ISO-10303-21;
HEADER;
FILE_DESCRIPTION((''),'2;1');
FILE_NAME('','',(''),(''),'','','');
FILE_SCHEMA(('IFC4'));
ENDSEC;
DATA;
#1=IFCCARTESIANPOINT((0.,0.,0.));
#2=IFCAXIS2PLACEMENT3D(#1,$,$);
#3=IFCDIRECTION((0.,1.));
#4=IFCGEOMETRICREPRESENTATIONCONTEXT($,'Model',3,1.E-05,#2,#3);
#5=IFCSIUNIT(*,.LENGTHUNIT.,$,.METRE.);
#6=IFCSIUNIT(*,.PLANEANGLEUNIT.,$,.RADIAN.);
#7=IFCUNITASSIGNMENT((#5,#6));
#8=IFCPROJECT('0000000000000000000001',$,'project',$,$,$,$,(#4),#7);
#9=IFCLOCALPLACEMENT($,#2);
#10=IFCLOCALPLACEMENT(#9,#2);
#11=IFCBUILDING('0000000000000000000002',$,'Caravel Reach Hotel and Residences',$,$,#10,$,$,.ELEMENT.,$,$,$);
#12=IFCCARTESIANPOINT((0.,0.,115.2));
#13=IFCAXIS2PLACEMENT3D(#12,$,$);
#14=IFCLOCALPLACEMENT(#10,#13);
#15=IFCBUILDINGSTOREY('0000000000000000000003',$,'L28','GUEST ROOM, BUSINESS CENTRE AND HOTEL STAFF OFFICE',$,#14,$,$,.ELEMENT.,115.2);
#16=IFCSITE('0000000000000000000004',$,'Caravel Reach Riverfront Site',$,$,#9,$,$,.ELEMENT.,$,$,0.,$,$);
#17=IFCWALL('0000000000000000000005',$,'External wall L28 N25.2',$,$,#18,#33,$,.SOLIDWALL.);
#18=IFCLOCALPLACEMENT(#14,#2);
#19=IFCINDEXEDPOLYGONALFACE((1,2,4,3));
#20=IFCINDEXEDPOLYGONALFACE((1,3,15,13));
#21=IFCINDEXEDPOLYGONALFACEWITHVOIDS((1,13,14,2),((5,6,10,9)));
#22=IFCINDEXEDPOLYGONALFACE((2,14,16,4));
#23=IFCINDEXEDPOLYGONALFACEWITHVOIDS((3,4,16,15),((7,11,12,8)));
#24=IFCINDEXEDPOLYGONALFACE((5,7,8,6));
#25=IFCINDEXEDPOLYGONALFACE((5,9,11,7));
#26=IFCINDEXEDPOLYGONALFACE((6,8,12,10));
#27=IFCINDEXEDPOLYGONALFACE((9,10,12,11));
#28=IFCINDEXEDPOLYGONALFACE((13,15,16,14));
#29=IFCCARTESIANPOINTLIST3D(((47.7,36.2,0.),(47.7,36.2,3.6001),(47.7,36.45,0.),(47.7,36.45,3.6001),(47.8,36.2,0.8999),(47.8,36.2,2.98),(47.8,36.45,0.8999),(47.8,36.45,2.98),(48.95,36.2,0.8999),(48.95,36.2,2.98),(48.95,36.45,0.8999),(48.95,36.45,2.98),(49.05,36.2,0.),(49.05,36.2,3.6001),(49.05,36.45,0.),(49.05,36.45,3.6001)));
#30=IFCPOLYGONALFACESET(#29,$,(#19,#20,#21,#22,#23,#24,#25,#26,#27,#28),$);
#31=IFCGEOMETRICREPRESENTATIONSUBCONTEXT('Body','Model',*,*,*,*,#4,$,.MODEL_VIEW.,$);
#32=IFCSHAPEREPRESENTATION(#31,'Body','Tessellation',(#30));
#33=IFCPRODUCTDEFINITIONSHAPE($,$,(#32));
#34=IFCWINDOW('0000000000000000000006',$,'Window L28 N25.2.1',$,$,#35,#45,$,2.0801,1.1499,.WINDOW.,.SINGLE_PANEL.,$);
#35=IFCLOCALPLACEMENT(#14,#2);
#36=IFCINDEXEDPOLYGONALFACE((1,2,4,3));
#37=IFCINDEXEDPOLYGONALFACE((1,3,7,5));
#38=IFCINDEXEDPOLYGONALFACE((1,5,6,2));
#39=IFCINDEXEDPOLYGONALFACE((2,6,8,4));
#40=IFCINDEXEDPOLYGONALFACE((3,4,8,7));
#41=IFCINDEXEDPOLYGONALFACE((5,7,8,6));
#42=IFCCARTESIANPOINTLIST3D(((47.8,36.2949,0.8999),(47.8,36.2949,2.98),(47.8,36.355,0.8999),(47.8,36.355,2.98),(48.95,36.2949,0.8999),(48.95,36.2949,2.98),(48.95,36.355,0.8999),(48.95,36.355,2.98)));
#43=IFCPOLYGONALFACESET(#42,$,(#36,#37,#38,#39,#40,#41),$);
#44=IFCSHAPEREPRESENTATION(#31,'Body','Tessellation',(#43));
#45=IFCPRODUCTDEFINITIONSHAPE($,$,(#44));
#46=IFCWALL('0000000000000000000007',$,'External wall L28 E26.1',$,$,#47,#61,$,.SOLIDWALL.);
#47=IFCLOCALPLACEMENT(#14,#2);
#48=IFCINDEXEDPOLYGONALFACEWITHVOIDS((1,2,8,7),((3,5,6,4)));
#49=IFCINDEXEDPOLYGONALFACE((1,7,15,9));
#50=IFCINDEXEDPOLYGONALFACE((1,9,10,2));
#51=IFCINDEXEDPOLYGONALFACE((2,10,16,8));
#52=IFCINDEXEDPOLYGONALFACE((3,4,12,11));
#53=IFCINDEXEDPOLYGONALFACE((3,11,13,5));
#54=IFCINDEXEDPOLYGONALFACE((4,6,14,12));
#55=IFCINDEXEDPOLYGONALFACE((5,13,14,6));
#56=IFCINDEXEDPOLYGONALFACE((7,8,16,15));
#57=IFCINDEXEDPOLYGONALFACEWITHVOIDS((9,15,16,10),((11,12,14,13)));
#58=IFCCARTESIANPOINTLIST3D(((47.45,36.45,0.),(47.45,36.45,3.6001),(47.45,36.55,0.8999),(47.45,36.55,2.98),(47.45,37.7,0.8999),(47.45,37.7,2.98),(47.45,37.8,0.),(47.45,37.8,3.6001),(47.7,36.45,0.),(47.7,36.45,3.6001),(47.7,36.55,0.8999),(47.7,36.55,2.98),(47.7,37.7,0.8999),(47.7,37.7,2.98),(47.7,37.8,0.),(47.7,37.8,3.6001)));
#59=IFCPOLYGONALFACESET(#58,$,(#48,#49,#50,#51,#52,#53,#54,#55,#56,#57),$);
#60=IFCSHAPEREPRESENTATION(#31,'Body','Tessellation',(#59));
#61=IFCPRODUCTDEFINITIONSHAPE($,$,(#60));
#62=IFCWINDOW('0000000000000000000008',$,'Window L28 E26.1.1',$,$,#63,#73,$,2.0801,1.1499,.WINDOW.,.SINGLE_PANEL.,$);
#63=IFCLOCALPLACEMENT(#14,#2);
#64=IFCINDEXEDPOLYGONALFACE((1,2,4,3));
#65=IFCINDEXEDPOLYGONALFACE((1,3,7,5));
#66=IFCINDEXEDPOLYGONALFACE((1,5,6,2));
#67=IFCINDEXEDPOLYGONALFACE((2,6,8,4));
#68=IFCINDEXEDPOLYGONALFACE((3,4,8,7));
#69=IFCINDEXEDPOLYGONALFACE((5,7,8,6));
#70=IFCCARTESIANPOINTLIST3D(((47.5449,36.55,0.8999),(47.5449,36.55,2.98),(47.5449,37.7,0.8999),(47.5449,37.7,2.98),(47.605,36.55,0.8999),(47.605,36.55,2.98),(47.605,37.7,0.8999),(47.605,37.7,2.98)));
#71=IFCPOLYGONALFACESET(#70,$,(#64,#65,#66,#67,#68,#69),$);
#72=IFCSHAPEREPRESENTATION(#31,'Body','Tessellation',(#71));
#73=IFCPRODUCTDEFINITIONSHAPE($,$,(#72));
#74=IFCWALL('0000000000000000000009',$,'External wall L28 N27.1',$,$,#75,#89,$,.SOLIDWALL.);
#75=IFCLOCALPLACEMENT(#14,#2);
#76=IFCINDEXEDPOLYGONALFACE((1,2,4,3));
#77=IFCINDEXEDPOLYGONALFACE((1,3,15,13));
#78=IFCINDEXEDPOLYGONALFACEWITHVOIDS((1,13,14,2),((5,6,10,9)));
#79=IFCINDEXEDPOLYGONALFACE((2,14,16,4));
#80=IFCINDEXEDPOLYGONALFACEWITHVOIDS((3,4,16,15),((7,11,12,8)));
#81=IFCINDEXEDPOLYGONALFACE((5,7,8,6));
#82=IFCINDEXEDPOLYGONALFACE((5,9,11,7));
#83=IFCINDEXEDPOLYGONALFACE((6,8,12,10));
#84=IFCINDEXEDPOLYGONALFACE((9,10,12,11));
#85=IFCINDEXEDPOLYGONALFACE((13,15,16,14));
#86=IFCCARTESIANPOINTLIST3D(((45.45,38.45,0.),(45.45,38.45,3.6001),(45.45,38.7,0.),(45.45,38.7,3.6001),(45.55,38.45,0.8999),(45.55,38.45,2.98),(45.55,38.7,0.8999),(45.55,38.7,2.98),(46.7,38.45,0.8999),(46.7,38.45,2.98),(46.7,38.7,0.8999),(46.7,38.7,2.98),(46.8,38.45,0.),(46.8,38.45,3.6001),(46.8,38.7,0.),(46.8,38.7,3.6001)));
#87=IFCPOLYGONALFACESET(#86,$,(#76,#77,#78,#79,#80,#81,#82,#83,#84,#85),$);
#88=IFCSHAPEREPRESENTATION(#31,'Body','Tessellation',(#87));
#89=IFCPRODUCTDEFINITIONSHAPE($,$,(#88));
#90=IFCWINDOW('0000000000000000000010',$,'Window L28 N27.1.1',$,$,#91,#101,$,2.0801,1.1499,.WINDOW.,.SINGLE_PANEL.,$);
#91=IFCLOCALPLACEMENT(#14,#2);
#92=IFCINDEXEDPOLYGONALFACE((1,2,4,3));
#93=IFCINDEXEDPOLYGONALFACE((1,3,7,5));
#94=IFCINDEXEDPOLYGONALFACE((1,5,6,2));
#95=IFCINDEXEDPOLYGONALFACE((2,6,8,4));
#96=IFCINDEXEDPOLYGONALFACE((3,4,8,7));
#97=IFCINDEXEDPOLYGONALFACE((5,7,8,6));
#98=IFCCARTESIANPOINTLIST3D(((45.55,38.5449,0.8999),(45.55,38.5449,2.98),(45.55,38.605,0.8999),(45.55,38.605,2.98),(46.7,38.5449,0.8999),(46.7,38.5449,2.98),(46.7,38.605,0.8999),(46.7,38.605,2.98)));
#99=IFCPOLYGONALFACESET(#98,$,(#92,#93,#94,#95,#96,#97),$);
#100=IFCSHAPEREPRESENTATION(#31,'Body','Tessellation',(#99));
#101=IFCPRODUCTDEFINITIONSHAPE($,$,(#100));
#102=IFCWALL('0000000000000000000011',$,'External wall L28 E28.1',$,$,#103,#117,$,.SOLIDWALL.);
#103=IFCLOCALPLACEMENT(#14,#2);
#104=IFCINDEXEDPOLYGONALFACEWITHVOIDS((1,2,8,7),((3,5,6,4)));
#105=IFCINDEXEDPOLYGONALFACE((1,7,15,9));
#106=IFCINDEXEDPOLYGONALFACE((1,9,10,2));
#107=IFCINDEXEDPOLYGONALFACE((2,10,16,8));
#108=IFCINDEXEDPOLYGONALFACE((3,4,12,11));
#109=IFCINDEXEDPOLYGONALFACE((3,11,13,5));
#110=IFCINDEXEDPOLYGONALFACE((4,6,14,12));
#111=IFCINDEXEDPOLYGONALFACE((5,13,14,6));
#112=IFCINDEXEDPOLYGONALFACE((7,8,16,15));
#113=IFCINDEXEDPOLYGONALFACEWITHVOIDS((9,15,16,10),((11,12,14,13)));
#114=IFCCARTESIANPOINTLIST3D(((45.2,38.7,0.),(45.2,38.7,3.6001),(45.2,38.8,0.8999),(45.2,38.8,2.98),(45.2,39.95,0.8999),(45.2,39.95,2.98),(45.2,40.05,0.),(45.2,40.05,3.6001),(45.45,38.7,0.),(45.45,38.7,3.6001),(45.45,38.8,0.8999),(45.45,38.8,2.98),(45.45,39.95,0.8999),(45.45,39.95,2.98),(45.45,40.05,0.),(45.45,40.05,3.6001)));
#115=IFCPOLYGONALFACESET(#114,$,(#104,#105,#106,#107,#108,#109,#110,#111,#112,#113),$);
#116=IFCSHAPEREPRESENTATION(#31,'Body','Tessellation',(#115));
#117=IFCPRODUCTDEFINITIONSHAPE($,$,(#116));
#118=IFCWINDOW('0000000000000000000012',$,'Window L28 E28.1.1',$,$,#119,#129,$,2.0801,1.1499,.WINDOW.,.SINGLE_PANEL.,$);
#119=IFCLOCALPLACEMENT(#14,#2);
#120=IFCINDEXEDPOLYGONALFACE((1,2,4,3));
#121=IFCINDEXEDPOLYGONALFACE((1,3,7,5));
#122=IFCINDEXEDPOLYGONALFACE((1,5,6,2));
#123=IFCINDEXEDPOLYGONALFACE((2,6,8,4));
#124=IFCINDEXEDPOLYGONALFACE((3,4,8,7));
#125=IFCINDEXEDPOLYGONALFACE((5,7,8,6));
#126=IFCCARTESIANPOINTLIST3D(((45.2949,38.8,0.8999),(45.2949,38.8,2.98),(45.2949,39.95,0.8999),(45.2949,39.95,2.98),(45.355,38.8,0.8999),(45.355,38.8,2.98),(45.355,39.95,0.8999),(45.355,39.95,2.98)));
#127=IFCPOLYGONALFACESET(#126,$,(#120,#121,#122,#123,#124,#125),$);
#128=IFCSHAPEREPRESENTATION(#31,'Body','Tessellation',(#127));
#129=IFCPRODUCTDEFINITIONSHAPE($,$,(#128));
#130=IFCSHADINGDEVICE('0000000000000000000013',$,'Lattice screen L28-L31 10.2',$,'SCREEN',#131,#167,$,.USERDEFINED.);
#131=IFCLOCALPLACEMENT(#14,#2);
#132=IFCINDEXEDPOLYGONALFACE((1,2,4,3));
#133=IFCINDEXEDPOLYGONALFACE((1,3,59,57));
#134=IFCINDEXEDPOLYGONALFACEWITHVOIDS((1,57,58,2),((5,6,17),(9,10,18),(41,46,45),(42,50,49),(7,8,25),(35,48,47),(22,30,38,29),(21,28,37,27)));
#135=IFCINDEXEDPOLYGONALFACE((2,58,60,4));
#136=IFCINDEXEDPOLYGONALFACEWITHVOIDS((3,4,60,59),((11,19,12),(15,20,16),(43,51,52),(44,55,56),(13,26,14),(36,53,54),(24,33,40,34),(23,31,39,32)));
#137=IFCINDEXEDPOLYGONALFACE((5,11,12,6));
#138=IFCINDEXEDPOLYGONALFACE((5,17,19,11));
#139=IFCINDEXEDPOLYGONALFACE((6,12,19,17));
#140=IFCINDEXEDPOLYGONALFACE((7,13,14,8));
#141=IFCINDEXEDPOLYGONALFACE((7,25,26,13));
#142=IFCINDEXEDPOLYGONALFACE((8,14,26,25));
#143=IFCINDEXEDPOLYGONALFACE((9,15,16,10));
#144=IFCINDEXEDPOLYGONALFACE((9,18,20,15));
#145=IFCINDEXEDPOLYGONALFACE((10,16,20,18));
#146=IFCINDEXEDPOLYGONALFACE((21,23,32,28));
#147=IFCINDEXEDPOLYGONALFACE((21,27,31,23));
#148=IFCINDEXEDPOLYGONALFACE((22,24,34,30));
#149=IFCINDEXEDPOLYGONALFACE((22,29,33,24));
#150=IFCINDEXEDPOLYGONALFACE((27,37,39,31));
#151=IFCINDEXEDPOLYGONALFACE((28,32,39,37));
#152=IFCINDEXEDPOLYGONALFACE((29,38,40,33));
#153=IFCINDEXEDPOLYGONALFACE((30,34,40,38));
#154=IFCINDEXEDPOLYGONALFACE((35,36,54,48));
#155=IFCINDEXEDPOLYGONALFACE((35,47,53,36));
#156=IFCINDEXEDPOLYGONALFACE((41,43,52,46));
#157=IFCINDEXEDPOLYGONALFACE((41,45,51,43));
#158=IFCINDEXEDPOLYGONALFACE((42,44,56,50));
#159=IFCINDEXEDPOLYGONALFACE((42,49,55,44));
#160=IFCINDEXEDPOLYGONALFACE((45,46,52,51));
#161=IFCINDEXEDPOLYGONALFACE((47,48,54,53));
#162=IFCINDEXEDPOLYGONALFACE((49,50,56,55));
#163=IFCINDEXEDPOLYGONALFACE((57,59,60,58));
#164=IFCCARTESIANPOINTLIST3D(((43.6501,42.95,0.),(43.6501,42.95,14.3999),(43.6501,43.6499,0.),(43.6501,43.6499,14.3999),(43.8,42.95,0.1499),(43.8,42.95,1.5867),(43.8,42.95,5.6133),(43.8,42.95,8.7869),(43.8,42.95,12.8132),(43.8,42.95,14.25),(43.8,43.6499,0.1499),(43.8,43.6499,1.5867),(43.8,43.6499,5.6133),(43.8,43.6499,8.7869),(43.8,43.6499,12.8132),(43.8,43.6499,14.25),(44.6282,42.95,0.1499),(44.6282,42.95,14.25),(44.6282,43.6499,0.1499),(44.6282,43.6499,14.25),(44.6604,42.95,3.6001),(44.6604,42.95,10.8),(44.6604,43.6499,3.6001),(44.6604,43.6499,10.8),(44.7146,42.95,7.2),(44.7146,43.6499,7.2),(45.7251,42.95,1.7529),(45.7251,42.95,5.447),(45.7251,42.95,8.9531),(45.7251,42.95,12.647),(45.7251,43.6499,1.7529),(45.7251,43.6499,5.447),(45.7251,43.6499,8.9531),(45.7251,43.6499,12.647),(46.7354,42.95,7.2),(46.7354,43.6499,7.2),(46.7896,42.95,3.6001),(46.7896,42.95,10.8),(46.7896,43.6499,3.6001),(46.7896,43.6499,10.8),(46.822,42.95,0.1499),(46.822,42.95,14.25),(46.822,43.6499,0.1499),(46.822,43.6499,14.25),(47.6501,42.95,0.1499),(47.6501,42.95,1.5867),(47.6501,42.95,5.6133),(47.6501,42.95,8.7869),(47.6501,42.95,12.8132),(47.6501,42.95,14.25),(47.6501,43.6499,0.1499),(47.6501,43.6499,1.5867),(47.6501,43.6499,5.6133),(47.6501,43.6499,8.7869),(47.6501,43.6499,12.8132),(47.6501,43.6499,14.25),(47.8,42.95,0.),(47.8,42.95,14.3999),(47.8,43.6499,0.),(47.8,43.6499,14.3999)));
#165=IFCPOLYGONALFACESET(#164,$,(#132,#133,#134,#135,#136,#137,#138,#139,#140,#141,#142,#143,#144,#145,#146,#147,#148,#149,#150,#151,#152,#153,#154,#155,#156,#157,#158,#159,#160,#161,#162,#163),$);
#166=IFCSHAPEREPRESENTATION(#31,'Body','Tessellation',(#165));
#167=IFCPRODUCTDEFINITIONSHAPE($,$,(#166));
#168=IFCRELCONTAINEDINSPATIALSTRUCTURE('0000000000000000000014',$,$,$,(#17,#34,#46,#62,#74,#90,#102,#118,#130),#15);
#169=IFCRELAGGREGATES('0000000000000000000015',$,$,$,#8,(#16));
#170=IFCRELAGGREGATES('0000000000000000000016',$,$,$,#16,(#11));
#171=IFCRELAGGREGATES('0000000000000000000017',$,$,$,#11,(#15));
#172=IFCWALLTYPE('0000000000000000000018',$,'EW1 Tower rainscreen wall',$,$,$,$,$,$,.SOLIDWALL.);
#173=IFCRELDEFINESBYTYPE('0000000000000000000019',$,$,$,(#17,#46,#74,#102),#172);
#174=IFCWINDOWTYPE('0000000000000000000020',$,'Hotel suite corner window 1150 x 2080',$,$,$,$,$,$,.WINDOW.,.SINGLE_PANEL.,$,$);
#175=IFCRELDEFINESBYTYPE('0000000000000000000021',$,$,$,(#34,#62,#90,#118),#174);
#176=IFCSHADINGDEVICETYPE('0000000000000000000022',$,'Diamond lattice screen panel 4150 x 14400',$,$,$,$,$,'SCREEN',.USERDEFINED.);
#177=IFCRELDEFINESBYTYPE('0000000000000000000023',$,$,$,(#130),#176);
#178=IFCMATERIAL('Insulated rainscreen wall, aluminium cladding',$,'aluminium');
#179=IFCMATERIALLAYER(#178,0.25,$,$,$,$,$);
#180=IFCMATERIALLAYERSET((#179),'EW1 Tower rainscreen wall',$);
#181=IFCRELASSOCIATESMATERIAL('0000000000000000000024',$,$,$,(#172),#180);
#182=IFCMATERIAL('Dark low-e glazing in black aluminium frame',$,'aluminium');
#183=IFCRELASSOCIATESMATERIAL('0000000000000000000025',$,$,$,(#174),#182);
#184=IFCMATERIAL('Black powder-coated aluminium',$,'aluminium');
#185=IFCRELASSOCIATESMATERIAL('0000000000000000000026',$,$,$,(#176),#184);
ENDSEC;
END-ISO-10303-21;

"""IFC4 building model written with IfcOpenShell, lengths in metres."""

from ifc_helpers import new_model, si_unit, direction, frame, frame_2d, origin, place, context, subcontext, project, spatial, polyline, rectangle, outline, extrude, material, layer, layer_set, type_object, element, fill, save


model = new_model("IFC4")

# Units and contexts
model_context = context("Model", 3, precision=1e-05, world=origin(), true_north=direction((0.0, 1.0)))
body_context = subcontext(model_context, "Body", "Model", "MODEL_VIEW")
ifc_project = project(units=[si_unit("LENGTHUNIT", "METRE"), si_unit("PLANEANGLEUNIT", "RADIAN")], contexts=[model_context])

# Site, building, storey
site_placement = place(None, origin())
site = spatial("IfcSite", under=ifc_project, at=site_placement, Name="Caravel Reach Riverfront Site", CompositionType="ELEMENT", RefElevation=0.0)
building_placement = place(site_placement, origin())
building = spatial("IfcBuilding", under=site, at=building_placement, Name="Caravel Reach Hotel and Residences", CompositionType="ELEMENT")
storey_placement = place(building_placement, frame((0.0, 0.0, 115.2)))
storey = spatial("IfcBuildingStorey", under=building, at=storey_placement, Name="L28", Description="GUEST ROOM, BUSINESS CENTRE AND HOTEL STAFF OFFICE", CompositionType="ELEMENT", Elevation=115.2)

# Walls, openings, windows
ifc_material_1 = material(Name="Insulated rainscreen wall, aluminium cladding", Category="aluminium")
ifc_layer = layer(ifc_material_1, 0.25)
ifc_layer_set = layer_set([ifc_layer], Name="EW1 Tower rainscreen wall")
wall_type = type_object("IfcWallType", Name="EW1 Tower rainscreen wall", PredefinedType="SOLIDWALL", material=ifc_layer_set)
wall_1_placement = place(storey_placement, frame((49.05, 36.325, 0.0), z_axis=(0.0, 0.0, 1.0), x_axis=(-1.0, 0.0, 0.0)))
wall_1 = element("IfcWall", 1, at=wall_1_placement, inside=storey, type_object=wall_type, Name="External wall L28 N25.2", PredefinedType="SOLIDWALL", context=body_context, shape_type="SweptSolid", body=[
    extrude(rectangle(XDim=1.3501, YDim=0.25, at=frame_2d((0.675, 0.0))), origin(), (0.0, 0.0, 1.0), 3.6001),
])
opening_1_placement = place(wall_1_placement, frame((0.1001, 0.0, 0.8999)))
opening_1 = element("IfcOpeningElement", 2, at=opening_1_placement, cuts=wall_1, PredefinedType="OPENING", context=body_context, shape_type="SweptSolid", body=[
    extrude(rectangle(XDim=1.1499, YDim=2.0801, at=frame_2d((0.575, 1.04))), frame((0.0, 0.135, 0.0), z_axis=(0.0, -1.0, 0.0), x_axis=(1.0, 0.0, 0.0)), (0.0, 0.0, 1.0), 0.27),
])
ifc_material_2 = material(Name="Dark low-e glazing in black aluminium frame", Category="aluminium")
window_type = type_object("IfcWindowType", Name="Hotel suite corner window 1150 x 2080", PartitioningType="SINGLE_PANEL", PredefinedType="WINDOW", material=ifc_material_2)
window_1_placement = place(opening_1_placement, origin())
window_1 = element("IfcWindow", 3, at=window_1_placement, inside=storey, type_object=window_type, Name="Window L28 N25.2.1", OverallHeight=2.0801, OverallWidth=1.1499, PartitioningType="SINGLE_PANEL", PredefinedType="WINDOW", context=body_context, shape_type="SweptSolid", body=[
    extrude(rectangle(XDim=1.1499, YDim=2.0801, at=frame_2d((0.575, 1.04))), frame((0.0, 0.03, 0.0), z_axis=(0.0, -1.0, 0.0), x_axis=(1.0, 0.0, 0.0)), (0.0, 0.0, 1.0), 0.0601),
])
fill(opening_1, window_1)
wall_2_placement = place(storey_placement, frame((47.575, 36.45, 0.0), z_axis=(0.0, 0.0, 1.0), x_axis=(0.0, 1.0, 0.0)))
wall_2 = element("IfcWall", 4, at=wall_2_placement, inside=storey, type_object=wall_type, Name="External wall L28 E26.1", PredefinedType="SOLIDWALL", context=body_context, shape_type="SweptSolid", body=[
    extrude(rectangle(XDim=1.3501, YDim=0.25, at=frame_2d((0.675, 0.0))), origin(), (0.0, 0.0, 1.0), 3.6001),
])
opening_2_placement = place(wall_2_placement, frame((0.1001, 0.0, 0.8999)))
opening_2 = element("IfcOpeningElement", 5, at=opening_2_placement, cuts=wall_2, PredefinedType="OPENING", context=body_context, shape_type="SweptSolid", body=[
    extrude(rectangle(XDim=1.1499, YDim=2.0801, at=frame_2d((0.575, 1.04))), frame((0.0, 0.135, 0.0), z_axis=(0.0, -1.0, 0.0), x_axis=(1.0, 0.0, 0.0)), (0.0, 0.0, 1.0), 0.27),
])
window_2_placement = place(opening_2_placement, origin())
window_2 = element("IfcWindow", 6, at=window_2_placement, inside=storey, type_object=window_type, Name="Window L28 E26.1.1", OverallHeight=2.0801, OverallWidth=1.1499, PartitioningType="SINGLE_PANEL", PredefinedType="WINDOW", context=body_context, shape_type="SweptSolid", body=[
    extrude(rectangle(XDim=1.1499, YDim=2.0801, at=frame_2d((0.575, 1.04))), frame((0.0, 0.03, 0.0), z_axis=(0.0, -1.0, 0.0), x_axis=(1.0, 0.0, 0.0)), (0.0, 0.0, 1.0), 0.0601),
])
fill(opening_2, window_2)
wall_3_placement = place(storey_placement, frame((46.8, 38.575, 0.0), z_axis=(0.0, 0.0, 1.0), x_axis=(-1.0, 0.0, 0.0)))
wall_3 = element("IfcWall", 7, at=wall_3_placement, inside=storey, type_object=wall_type, Name="External wall L28 N27.1", PredefinedType="SOLIDWALL", context=body_context, shape_type="SweptSolid", body=[
    extrude(rectangle(XDim=1.3501, YDim=0.25, at=frame_2d((0.675, 0.0))), origin(), (0.0, 0.0, 1.0), 3.6001),
])
opening_3_placement = place(wall_3_placement, frame((0.1001, 0.0, 0.8999)))
opening_3 = element("IfcOpeningElement", 8, at=opening_3_placement, cuts=wall_3, PredefinedType="OPENING", context=body_context, shape_type="SweptSolid", body=[
    extrude(rectangle(XDim=1.1499, YDim=2.0801, at=frame_2d((0.575, 1.04))), frame((0.0, 0.135, 0.0), z_axis=(0.0, -1.0, 0.0), x_axis=(1.0, 0.0, 0.0)), (0.0, 0.0, 1.0), 0.27),
])
window_3_placement = place(opening_3_placement, origin())
window_3 = element("IfcWindow", 9, at=window_3_placement, inside=storey, type_object=window_type, Name="Window L28 N27.1.1", OverallHeight=2.0801, OverallWidth=1.1499, PartitioningType="SINGLE_PANEL", PredefinedType="WINDOW", context=body_context, shape_type="SweptSolid", body=[
    extrude(rectangle(XDim=1.1499, YDim=2.0801, at=frame_2d((0.575, 1.04))), frame((0.0, 0.03, 0.0), z_axis=(0.0, -1.0, 0.0), x_axis=(1.0, 0.0, 0.0)), (0.0, 0.0, 1.0), 0.0601),
])
fill(opening_3, window_3)
wall_4_placement = place(storey_placement, frame((45.325, 38.7, 0.0), z_axis=(0.0, 0.0, 1.0), x_axis=(0.0, 1.0, 0.0)))
wall_4 = element("IfcWall", 10, at=wall_4_placement, inside=storey, type_object=wall_type, Name="External wall L28 E28.1", PredefinedType="SOLIDWALL", context=body_context, shape_type="SweptSolid", body=[
    extrude(rectangle(XDim=1.3501, YDim=0.25, at=frame_2d((0.675, 0.0))), origin(), (0.0, 0.0, 1.0), 3.6001),
])
opening_4_placement = place(wall_4_placement, frame((0.1001, 0.0, 0.8999)))
opening_4 = element("IfcOpeningElement", 11, at=opening_4_placement, cuts=wall_4, PredefinedType="OPENING", context=body_context, shape_type="SweptSolid", body=[
    extrude(rectangle(XDim=1.1499, YDim=2.0801, at=frame_2d((0.575, 1.04))), frame((0.0, 0.135, 0.0), z_axis=(0.0, -1.0, 0.0), x_axis=(1.0, 0.0, 0.0)), (0.0, 0.0, 1.0), 0.27),
])
window_4_placement = place(opening_4_placement, origin())
window_4 = element("IfcWindow", 12, at=window_4_placement, inside=storey, type_object=window_type, Name="Window L28 E28.1.1", OverallHeight=2.0801, OverallWidth=1.1499, PartitioningType="SINGLE_PANEL", PredefinedType="WINDOW", context=body_context, shape_type="SweptSolid", body=[
    extrude(rectangle(XDim=1.1499, YDim=2.0801, at=frame_2d((0.575, 1.04))), frame((0.0, 0.03, 0.0), z_axis=(0.0, -1.0, 0.0), x_axis=(1.0, 0.0, 0.0)), (0.0, 0.0, 1.0), 0.0601),
])
fill(opening_4, window_4)

# Shading device
ifc_material_3 = material(Name="Black powder-coated aluminium", Category="aluminium")
shading_device_type = type_object("IfcShadingDeviceType", Name="Diamond lattice screen panel 4150 x 14400", ElementType="SCREEN", PredefinedType="USERDEFINED", material=ifc_material_3)
shading_device_placement = place(storey_placement, frame((47.8, 42.95, 0.0), z_axis=(0.0, 1.0, 0.0), x_axis=(-1.0, 0.0, 0.0)))
element("IfcShadingDevice", 13, at=shading_device_placement, inside=storey, type_object=shading_device_type, Name="Lattice screen L28-L31 10.2", ObjectType="SCREEN", PredefinedType="USERDEFINED", context=body_context, shape_type="SweptSolid", body=[
    extrude(outline(polyline([(0.0, 0.0), (4.1499, 0.0), (4.1499, 14.3999), (0.0, 14.3999), (0.0, 0.0)]), holes=[polyline([(0.978, 0.1499), (0.1499, 1.5867), (0.1499, 0.1499), (0.978, 0.1499)]), polyline([(1.0647, 7.2), (0.1499, 8.7869), (0.1499, 5.6133), (1.0647, 7.2)]), polyline([(0.1499, 12.8132), (0.978, 14.25), (0.1499, 14.25), (0.1499, 12.8132)]), polyline([(2.075, 5.447), (1.0105, 3.6001), (2.075, 1.7529), (3.1396, 3.6001), (2.075, 5.447)]), polyline([(2.075, 12.647), (1.0105, 10.8), (2.075, 8.9531), (3.1396, 10.8), (2.075, 12.647)]), polyline([(4.0, 1.5867), (3.1719, 0.1499), (4.0, 0.1499), (4.0, 1.5867)]), polyline([(3.0854, 7.2), (4.0, 5.6133), (4.0, 8.7869), (3.0854, 7.2)]), polyline([(3.1719, 14.25), (4.0, 12.8132), (4.0, 14.25), (3.1719, 14.25)])]), origin(), (0.0, 0.0, 1.0), 0.7),
])

save(model, "model.ifc")
